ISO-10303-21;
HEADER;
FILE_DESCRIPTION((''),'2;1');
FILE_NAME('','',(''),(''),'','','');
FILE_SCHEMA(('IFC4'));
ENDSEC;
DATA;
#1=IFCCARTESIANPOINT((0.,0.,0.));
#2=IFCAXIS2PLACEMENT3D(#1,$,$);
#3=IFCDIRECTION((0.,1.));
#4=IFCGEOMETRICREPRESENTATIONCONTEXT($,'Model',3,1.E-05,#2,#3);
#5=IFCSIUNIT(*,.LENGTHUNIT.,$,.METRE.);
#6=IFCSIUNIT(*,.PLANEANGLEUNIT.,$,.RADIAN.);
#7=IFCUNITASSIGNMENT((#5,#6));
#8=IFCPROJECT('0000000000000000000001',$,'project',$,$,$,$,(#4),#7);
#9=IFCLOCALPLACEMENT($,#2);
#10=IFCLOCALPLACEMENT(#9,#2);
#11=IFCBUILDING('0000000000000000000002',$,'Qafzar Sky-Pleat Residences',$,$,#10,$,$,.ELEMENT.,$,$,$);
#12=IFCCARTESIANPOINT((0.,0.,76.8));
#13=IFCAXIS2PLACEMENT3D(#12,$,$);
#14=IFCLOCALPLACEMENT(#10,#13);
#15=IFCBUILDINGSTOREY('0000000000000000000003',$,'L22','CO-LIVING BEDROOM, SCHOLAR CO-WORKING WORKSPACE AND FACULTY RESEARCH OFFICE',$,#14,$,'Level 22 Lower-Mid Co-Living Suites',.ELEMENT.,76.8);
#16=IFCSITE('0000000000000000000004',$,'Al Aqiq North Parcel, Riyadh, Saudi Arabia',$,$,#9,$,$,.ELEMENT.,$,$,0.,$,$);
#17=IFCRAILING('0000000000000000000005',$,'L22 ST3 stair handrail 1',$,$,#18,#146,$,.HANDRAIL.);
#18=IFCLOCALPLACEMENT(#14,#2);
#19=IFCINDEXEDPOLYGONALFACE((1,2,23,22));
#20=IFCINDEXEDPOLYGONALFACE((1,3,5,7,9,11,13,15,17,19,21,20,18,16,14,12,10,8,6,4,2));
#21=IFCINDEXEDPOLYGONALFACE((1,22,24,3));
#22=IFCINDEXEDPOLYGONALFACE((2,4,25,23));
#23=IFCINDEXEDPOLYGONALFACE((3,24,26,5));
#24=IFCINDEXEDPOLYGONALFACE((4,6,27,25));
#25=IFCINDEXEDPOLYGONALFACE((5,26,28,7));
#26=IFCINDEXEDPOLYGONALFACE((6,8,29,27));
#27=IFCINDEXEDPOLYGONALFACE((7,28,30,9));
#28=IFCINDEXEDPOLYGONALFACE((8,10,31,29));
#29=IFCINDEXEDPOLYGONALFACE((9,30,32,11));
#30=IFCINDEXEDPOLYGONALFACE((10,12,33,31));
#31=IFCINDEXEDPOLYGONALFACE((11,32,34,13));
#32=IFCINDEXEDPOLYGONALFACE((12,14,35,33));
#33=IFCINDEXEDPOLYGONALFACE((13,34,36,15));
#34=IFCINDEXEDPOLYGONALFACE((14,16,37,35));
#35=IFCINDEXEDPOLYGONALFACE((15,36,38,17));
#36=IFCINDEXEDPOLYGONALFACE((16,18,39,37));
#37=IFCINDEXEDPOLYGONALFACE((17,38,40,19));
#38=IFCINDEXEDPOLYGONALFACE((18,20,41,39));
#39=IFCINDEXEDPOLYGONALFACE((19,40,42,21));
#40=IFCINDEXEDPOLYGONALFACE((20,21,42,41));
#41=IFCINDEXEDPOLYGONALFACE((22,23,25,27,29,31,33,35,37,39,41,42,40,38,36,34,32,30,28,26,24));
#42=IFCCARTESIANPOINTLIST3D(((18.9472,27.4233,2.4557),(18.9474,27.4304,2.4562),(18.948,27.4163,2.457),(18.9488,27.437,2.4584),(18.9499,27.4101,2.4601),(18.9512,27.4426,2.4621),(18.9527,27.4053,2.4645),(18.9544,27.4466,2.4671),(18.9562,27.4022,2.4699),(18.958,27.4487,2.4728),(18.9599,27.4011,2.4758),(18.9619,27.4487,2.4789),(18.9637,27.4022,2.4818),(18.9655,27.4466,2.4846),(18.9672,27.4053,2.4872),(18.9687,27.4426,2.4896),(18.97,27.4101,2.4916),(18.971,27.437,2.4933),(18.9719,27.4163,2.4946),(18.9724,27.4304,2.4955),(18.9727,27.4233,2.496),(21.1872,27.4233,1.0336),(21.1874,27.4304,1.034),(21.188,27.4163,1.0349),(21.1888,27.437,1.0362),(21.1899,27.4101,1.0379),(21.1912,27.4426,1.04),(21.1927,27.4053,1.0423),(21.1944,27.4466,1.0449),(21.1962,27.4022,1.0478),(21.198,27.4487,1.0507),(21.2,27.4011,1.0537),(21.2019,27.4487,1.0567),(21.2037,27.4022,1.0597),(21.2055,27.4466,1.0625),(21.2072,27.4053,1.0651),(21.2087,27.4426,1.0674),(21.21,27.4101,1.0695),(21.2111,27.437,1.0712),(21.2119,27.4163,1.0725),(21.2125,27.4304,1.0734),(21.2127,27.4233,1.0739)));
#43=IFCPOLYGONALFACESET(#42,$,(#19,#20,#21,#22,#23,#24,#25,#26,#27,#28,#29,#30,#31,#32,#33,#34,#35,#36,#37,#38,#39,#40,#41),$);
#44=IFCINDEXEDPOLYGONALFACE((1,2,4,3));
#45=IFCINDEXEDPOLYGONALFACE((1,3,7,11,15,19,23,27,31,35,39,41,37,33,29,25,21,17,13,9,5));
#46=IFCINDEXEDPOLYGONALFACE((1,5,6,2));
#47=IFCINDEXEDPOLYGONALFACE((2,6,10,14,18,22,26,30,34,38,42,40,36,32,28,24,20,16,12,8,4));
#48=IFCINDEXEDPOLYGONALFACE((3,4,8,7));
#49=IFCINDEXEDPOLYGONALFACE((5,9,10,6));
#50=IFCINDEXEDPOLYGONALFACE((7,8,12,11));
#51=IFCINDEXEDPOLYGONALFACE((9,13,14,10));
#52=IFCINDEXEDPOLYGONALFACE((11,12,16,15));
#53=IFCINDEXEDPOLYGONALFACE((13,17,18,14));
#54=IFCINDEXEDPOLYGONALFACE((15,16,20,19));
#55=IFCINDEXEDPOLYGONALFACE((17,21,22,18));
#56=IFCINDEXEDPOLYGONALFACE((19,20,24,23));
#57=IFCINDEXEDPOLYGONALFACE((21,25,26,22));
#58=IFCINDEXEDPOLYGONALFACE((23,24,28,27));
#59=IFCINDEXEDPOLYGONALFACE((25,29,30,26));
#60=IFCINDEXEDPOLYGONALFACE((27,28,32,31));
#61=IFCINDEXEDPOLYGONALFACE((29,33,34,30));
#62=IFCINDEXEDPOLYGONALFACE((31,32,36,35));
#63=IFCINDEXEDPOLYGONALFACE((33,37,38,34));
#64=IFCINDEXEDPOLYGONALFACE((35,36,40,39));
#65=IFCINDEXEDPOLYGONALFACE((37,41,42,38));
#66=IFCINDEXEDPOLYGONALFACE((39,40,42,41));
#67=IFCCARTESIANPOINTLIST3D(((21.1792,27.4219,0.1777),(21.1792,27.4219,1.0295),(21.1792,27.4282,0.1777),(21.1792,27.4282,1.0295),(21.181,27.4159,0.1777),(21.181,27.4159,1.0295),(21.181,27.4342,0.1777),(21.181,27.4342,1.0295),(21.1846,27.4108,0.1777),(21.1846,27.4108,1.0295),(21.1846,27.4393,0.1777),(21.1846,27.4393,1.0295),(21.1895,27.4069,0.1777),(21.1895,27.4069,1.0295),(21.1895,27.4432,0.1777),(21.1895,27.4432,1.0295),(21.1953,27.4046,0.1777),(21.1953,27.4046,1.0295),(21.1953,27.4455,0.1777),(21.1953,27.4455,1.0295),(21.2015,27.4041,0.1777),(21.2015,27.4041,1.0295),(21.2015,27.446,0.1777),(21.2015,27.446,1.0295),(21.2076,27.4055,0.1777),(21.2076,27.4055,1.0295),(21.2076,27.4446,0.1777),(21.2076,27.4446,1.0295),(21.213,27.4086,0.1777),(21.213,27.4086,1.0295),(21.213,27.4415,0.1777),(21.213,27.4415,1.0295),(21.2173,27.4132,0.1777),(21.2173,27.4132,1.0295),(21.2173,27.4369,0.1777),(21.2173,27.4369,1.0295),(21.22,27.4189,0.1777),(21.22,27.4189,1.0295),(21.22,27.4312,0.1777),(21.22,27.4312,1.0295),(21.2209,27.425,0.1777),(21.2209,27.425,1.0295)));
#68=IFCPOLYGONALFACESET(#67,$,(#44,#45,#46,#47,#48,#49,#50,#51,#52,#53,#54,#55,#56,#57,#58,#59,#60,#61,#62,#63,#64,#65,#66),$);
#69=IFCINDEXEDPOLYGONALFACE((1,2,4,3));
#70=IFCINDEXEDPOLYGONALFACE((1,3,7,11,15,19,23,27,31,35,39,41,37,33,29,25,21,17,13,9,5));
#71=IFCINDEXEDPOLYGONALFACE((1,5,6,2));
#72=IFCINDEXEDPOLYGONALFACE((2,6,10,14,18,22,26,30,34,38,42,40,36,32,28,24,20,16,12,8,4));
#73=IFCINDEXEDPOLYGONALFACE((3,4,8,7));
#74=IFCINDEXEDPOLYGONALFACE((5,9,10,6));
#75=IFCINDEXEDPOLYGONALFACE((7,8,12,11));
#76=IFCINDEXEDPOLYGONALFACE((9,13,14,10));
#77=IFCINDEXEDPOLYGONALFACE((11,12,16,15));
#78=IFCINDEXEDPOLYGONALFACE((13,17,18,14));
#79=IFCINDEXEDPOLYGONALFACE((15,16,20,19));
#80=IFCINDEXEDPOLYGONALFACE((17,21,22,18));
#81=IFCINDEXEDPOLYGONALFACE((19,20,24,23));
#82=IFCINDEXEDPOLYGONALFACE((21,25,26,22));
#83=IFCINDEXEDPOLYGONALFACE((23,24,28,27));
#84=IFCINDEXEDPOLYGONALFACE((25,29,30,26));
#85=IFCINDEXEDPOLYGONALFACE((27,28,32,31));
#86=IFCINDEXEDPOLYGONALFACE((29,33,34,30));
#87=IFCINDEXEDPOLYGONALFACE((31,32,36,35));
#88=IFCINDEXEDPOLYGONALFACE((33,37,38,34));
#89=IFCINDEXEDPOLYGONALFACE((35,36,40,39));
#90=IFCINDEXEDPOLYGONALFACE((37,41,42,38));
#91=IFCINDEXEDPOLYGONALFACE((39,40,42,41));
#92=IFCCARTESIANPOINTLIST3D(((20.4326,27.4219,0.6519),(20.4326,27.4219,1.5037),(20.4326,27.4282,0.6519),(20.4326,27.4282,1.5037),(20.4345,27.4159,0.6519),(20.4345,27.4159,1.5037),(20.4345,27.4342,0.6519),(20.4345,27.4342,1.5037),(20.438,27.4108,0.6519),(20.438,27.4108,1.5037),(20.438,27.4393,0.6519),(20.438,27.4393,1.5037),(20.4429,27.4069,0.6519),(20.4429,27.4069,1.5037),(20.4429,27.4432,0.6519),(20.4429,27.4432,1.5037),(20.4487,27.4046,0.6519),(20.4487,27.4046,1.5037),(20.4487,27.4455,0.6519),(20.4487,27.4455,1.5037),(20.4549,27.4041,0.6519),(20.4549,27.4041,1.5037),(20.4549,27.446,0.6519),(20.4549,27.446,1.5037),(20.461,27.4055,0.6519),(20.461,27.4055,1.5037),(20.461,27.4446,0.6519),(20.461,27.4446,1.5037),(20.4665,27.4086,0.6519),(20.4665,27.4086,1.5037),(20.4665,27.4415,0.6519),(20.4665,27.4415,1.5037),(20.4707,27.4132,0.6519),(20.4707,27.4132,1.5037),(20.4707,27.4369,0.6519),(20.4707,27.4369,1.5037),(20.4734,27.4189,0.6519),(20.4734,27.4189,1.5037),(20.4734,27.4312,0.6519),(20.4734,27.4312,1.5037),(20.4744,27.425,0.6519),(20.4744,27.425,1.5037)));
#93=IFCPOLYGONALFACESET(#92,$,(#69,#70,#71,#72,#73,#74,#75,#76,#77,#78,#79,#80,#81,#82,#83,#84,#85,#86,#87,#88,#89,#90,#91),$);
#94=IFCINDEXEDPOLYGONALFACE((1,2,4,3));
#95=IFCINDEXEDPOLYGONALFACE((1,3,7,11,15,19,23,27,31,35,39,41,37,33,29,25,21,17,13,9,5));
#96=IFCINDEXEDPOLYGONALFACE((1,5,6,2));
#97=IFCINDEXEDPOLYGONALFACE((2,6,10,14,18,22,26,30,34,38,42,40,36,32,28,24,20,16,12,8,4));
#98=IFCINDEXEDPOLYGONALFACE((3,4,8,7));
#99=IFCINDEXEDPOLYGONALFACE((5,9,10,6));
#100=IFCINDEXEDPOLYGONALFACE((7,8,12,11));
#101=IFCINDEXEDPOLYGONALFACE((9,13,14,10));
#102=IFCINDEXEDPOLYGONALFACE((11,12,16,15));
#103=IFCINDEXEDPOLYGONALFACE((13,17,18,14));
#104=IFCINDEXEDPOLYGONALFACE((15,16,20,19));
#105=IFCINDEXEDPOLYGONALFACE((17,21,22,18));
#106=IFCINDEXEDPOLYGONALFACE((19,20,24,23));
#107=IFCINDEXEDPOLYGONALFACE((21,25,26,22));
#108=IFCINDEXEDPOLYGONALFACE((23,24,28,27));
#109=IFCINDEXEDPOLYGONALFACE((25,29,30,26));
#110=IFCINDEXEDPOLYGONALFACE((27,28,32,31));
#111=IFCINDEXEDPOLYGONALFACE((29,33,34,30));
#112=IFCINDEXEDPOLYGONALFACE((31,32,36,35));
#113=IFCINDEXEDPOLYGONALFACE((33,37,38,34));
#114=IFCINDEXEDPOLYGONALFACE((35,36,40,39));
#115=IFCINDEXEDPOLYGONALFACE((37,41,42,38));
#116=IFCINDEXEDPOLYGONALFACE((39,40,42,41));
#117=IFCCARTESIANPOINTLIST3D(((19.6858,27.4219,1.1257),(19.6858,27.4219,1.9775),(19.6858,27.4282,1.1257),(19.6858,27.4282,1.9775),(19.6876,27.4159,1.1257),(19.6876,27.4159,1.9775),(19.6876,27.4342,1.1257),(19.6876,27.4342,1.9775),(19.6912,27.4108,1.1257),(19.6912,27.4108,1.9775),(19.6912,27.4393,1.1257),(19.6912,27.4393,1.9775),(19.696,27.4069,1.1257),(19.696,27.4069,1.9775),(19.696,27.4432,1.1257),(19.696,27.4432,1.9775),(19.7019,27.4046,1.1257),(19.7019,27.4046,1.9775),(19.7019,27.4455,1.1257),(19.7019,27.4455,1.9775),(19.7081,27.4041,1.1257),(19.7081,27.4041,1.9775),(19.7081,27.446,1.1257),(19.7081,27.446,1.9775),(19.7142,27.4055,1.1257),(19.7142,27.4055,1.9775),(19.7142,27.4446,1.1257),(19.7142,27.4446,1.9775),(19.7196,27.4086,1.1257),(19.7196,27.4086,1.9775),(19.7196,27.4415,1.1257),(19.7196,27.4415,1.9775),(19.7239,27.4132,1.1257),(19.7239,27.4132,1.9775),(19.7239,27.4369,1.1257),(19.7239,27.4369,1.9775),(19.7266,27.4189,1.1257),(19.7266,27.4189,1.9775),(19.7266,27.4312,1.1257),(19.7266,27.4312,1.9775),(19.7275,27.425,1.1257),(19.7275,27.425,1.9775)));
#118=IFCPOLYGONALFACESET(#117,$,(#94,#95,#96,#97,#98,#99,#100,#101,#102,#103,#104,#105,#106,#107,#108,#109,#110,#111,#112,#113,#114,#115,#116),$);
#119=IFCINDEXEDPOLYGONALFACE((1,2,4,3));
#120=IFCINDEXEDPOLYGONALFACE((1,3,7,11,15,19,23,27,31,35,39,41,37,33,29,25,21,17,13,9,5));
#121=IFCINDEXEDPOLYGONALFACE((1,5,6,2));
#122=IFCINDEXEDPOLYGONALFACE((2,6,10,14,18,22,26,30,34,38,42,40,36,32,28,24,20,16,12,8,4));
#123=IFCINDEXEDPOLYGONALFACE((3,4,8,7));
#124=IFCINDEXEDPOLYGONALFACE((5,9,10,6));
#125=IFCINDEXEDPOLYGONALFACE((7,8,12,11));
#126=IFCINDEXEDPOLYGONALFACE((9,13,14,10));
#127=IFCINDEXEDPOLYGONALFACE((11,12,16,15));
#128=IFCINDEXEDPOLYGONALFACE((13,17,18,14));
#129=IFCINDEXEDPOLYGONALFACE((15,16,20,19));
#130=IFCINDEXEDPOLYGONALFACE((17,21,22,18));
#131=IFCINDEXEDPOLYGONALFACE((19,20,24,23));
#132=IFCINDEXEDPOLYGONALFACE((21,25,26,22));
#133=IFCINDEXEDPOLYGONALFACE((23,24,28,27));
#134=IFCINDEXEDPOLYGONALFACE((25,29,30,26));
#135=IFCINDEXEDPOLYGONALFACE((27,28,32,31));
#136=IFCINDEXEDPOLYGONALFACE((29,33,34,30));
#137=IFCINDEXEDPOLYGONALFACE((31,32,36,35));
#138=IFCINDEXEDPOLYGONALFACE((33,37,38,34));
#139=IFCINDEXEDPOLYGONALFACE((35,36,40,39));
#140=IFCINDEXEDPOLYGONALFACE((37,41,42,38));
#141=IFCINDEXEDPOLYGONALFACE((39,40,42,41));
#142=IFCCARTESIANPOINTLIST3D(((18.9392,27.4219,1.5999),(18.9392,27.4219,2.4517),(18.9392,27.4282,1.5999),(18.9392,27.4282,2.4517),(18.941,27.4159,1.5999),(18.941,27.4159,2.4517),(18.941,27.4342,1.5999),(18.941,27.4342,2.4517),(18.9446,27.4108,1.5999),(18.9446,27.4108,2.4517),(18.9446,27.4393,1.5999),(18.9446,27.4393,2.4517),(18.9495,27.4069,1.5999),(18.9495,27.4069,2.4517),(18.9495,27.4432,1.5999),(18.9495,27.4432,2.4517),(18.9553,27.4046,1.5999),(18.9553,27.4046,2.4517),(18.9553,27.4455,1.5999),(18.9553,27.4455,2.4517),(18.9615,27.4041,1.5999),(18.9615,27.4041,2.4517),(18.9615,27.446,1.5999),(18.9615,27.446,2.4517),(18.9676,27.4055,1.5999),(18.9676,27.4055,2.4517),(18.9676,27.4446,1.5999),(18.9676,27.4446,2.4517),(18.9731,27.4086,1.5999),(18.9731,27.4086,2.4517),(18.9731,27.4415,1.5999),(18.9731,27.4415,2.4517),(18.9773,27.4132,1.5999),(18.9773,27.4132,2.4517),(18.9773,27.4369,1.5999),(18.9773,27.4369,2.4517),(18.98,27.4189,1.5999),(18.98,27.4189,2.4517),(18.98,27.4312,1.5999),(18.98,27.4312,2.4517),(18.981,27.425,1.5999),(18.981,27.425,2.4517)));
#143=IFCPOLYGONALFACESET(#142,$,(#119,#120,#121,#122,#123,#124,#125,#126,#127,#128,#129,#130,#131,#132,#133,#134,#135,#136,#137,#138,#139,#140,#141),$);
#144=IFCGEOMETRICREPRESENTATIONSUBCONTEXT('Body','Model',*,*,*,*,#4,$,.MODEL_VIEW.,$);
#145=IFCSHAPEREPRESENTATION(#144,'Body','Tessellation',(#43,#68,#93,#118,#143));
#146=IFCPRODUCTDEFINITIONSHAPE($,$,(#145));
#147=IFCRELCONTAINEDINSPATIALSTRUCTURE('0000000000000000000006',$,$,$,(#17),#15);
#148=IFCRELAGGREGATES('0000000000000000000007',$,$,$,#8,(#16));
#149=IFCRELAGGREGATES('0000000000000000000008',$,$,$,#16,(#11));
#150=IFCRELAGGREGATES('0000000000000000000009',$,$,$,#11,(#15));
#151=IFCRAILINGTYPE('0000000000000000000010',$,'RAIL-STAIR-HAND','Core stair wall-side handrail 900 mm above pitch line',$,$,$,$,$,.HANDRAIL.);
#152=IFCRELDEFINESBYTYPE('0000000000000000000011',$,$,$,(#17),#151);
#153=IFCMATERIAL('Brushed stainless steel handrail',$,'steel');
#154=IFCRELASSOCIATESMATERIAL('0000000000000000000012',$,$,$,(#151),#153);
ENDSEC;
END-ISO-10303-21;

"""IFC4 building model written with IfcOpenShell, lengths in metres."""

from ifc_helpers import new_model, si_unit, direction, frame, origin, origin_2d, place, context, subcontext, project, spatial, circle, extrude, source, transform, mapped, material, type_object, element, save


model = new_model("IFC4")

# Units and contexts
model_context = context("Model", 3, precision=1e-05, world=origin(), true_north=direction((0.0, 1.0)))
body_context = subcontext(model_context, "Body", "Model", "MODEL_VIEW")
ifc_project = project(units=[si_unit("LENGTHUNIT", "METRE"), si_unit("PLANEANGLEUNIT", "RADIAN")], contexts=[model_context])

# Site, building, storey
site_placement = place(None, origin())
site = spatial("IfcSite", under=ifc_project, at=site_placement, Name="Al Aqiq North Parcel, Riyadh, Saudi Arabia", CompositionType="ELEMENT", RefElevation=0.0)
building_placement = place(site_placement, origin())
building = spatial("IfcBuilding", under=site, at=building_placement, Name="Qafzar Sky-Pleat Residences", CompositionType="ELEMENT")
storey_placement = place(building_placement, frame((0.0, 0.0, 76.8)))
storey = spatial("IfcBuildingStorey", under=building, at=storey_placement, Name="L22", Description="CO-LIVING BEDROOM, SCHOLAR CO-WORKING WORKSPACE AND FACULTY RESEARCH OFFICE", LongName="Level 22 Lower-Mid Co-Living Suites", CompositionType="ELEMENT", Elevation=76.8)

# Railing
ifc_material_1 = material(Name="Brushed stainless steel handrail", Category="steel")
railing_type_1 = type_object("IfcRailingType", Name="RAIL-STAIR-HAND", Description="Core stair wall-side handrail 900 mm above pitch line", PredefinedType="HANDRAIL", material=ifc_material_1)
shared_shape_1 = source(origin(), body_context, "Body", "SweptSolid", [
    extrude(circle(Radius=0.0239, at=origin_2d()), frame((0.0, 0.0, 0.876), z_axis=(-0.844229, 0.0, 0.535982), x_axis=(0.0, -1.0, 0.0)), (0.0, 0.0, 1.0), 2.6533),
    extrude(circle(Radius=0.021, at=origin_2d()), origin(), (0.0, 0.0, 1.0), 0.8518),
    extrude(circle(Radius=0.021, at=origin_2d()), frame((-0.7466, 0.0, 0.4741)), (0.0, 0.0, 1.0), 0.8518),
    extrude(circle(Radius=0.021, at=origin_2d()), frame((-1.4934, 0.0, 0.948)), (0.0, 0.0, 1.0), 0.8518),
    extrude(circle(Radius=0.021, at=origin_2d()), frame((-2.24, 0.0, 1.4221)), (0.0, 0.0, 1.0), 0.8518),
])
railing_1_placement = place(storey_placement, frame((21.2, 27.425, 0.1777)))
element("IfcRailing", 1, at=railing_1_placement, inside=storey, type_object=railing_type_1, Name="L22 ST3 stair handrail 1", PredefinedType="HANDRAIL", context=body_context, shape_type="MappedRepresentation", body=[
    mapped(shared_shape_1, transform((0.0, 0.0, 0.0), x_axis=(1.0, 0.0, 0.0), y_axis=(0.0, 1.0, 0.0), z_axis=(0.0, 0.0, 1.0), scale=1.0)),
])

save(model, "model.ifc")
